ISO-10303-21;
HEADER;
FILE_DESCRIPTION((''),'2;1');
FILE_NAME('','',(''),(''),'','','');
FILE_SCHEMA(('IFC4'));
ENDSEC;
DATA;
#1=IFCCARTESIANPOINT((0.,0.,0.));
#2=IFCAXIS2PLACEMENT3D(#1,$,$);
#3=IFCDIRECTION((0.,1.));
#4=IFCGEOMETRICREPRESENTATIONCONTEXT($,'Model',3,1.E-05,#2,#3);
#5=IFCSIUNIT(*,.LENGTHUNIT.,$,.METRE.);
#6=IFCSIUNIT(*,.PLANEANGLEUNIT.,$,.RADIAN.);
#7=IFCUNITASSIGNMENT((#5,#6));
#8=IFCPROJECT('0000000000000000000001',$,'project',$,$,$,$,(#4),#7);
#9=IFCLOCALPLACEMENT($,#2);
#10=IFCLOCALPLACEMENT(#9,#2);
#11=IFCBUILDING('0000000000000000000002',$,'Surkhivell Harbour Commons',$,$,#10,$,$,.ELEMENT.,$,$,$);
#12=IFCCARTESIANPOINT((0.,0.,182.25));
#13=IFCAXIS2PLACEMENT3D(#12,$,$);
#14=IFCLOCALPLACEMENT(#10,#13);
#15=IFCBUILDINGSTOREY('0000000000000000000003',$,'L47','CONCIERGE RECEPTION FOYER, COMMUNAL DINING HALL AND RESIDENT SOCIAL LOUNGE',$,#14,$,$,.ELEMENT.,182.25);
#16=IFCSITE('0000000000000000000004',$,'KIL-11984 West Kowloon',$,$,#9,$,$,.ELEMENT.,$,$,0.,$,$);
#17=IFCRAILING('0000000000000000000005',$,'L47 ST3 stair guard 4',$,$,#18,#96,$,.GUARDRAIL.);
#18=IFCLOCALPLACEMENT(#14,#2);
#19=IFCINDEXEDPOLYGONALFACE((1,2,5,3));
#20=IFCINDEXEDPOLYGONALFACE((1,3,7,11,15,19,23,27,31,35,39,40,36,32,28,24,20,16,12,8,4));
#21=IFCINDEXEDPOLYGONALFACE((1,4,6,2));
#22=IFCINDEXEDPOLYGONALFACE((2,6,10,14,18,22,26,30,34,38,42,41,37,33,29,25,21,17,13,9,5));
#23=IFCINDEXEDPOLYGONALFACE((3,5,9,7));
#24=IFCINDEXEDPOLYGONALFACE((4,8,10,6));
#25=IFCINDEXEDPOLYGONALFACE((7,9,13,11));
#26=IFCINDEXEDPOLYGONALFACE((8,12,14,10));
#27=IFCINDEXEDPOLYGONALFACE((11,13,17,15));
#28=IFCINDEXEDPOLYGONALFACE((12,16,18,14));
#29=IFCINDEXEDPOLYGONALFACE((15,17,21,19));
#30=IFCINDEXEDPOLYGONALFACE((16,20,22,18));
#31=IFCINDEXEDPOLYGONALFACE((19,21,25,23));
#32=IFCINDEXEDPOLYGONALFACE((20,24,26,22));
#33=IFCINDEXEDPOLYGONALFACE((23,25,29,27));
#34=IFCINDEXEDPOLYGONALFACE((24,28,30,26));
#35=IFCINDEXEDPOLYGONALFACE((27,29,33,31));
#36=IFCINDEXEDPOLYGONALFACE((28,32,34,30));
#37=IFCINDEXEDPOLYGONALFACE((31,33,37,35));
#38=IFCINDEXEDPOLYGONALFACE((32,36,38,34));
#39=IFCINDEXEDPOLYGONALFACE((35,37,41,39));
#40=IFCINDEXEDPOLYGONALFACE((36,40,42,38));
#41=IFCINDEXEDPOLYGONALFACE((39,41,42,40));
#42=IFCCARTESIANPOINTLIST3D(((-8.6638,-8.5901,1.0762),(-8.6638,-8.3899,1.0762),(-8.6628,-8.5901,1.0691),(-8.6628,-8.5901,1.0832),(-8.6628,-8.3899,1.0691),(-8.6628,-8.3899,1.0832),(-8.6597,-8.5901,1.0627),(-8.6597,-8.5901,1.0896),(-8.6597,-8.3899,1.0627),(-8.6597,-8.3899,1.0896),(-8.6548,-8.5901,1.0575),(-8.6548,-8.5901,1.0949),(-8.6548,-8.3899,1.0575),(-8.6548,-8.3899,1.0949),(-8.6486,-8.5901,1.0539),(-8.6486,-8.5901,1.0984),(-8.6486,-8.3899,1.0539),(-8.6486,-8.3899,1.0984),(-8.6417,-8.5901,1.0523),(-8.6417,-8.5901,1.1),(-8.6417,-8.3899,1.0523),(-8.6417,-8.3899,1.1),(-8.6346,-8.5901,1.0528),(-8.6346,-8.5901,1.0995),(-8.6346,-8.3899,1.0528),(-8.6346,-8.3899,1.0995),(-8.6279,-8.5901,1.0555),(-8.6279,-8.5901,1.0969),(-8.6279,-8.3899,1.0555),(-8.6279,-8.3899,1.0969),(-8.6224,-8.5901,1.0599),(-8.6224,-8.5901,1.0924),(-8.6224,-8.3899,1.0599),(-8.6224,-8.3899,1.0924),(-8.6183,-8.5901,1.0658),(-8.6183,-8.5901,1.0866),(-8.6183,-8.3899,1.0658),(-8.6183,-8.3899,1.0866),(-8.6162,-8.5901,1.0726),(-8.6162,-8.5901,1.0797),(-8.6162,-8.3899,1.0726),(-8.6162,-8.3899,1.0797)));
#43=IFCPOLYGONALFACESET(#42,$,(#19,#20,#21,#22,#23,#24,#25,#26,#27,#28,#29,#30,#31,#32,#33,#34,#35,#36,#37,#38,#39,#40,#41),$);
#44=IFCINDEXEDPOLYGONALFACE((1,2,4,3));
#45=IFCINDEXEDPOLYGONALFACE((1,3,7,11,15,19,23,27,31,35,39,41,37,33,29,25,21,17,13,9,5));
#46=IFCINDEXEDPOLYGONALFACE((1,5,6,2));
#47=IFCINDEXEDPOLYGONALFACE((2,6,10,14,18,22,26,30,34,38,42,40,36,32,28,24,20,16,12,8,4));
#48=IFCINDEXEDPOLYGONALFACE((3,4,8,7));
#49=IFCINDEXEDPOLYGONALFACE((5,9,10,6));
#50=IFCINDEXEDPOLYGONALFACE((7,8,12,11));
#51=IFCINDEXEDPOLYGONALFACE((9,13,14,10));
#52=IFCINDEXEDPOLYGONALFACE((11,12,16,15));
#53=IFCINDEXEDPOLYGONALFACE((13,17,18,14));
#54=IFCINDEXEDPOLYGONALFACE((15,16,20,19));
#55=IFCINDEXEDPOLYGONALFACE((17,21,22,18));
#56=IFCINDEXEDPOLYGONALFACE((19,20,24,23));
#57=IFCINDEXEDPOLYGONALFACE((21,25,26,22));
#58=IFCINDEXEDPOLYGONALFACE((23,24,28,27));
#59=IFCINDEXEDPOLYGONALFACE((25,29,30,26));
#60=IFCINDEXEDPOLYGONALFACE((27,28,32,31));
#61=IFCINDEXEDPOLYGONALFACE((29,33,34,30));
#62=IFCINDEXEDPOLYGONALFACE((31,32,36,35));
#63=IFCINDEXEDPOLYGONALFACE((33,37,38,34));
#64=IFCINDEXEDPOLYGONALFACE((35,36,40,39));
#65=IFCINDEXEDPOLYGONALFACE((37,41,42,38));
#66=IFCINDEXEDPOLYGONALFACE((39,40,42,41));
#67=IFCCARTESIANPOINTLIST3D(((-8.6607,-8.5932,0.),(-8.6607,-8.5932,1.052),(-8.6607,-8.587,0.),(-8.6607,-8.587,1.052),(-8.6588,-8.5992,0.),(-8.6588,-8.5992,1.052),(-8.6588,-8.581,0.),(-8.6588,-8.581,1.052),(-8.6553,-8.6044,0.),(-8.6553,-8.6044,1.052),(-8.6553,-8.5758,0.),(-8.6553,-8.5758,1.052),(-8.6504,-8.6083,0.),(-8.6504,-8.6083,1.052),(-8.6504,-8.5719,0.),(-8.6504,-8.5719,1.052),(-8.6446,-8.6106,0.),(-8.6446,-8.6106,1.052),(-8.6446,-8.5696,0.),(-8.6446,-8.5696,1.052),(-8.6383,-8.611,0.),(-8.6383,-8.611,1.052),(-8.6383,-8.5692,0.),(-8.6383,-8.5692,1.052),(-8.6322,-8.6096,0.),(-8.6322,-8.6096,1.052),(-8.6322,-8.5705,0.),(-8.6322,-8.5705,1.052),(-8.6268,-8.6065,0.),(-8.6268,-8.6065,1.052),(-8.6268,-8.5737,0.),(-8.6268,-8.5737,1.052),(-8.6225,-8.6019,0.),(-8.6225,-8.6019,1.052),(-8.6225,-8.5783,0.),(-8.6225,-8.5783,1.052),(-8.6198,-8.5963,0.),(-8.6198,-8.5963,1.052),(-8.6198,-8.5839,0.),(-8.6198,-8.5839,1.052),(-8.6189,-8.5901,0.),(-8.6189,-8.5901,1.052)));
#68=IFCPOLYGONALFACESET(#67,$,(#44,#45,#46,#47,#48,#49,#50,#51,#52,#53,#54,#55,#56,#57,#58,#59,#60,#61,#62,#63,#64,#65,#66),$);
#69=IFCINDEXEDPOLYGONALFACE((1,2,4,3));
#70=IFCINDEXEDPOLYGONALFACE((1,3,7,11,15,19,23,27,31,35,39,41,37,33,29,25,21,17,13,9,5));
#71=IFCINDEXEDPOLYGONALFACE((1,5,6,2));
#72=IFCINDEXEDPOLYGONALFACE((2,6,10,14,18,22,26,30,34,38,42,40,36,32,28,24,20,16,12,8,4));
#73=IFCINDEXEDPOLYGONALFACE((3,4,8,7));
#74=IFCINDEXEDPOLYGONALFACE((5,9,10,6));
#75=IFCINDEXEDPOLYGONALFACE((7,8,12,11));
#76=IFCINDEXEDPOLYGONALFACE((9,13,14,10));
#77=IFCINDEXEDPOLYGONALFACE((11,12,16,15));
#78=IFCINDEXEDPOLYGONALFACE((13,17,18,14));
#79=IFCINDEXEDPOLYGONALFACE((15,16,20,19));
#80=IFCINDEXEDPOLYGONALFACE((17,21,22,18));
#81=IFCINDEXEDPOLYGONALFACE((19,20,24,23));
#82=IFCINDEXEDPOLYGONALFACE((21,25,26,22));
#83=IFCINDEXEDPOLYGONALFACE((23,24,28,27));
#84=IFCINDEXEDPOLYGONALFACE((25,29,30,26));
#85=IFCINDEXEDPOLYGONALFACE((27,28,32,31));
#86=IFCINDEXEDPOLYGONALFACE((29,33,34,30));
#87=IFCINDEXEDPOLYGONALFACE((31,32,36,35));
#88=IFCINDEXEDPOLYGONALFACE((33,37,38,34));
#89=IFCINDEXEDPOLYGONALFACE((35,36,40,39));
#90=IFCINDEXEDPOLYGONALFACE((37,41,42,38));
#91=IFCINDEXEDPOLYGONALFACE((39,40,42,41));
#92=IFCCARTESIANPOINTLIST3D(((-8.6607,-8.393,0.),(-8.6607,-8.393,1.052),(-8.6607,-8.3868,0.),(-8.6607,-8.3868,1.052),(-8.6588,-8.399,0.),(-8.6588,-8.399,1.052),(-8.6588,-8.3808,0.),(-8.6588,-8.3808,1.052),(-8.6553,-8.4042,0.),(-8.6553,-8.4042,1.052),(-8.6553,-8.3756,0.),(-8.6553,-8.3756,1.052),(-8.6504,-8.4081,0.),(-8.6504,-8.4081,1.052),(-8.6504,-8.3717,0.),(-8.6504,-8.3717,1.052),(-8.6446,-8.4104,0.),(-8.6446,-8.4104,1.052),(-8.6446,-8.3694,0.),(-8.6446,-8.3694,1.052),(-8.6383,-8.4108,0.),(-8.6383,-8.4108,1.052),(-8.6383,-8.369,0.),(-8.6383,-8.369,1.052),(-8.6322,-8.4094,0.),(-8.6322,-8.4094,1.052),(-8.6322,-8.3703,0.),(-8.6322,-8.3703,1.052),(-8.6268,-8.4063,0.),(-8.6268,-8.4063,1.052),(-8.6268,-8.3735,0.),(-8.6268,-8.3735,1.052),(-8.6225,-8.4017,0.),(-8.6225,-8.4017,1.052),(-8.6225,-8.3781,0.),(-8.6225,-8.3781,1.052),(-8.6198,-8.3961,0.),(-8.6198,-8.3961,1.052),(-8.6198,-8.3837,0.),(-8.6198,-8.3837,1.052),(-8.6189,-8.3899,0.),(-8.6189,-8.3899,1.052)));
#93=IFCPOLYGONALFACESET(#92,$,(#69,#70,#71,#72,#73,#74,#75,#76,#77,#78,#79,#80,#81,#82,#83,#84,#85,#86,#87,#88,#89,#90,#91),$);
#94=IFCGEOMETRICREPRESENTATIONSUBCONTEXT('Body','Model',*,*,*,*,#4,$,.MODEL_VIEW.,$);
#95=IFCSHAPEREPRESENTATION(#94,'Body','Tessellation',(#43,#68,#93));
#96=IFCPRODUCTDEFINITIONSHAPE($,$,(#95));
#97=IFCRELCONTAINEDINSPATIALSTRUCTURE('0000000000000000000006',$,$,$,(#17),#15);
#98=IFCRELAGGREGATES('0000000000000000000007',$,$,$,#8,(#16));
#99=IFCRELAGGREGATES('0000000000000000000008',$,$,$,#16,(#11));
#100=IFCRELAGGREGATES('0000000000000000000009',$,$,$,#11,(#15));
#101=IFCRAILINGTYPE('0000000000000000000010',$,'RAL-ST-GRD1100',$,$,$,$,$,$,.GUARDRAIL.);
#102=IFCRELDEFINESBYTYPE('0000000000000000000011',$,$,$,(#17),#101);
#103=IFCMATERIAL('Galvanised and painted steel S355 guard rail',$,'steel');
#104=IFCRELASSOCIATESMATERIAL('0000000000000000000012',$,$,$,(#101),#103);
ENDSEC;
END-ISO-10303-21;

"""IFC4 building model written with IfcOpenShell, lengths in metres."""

from ifc_helpers import new_model, si_unit, direction, frame, origin, origin_2d, place, context, subcontext, project, spatial, circle, extrude, material, type_object, element, save


model = new_model("IFC4")

# Units and contexts
model_context = context("Model", 3, precision=1e-05, world=origin(), true_north=direction((0.0, 1.0)))
body_context = subcontext(model_context, "Body", "Model", "MODEL_VIEW")
ifc_project = project(units=[si_unit("LENGTHUNIT", "METRE"), si_unit("PLANEANGLEUNIT", "RADIAN")], contexts=[model_context])

# Site, building, storey
site_placement = place(None, origin())
site = spatial("IfcSite", under=ifc_project, at=site_placement, Name="KIL-11984 West Kowloon", CompositionType="ELEMENT", RefElevation=0.0)
building_placement = place(site_placement, origin())
building = spatial("IfcBuilding", under=site, at=building_placement, Name="Surkhivell Harbour Commons", CompositionType="ELEMENT")
storey_placement = place(building_placement, frame((0.0, 0.0, 182.25)))
storey = spatial("IfcBuildingStorey", under=building, at=storey_placement, Name="L47", Description="CONCIERGE RECEPTION FOYER, COMMUNAL DINING HALL AND RESIDENT SOCIAL LOUNGE", CompositionType="ELEMENT", Elevation=182.25)

# Railing
ifc_material_1 = material(Name="Galvanised and painted steel S355 guard rail", Category="steel")
railing_type_1 = type_object("IfcRailingType", Name="RAL-ST-GRD1100", PredefinedType="GUARDRAIL", material=ifc_material_1)
railing_1_placement = place(storey_placement, frame((-8.6399, -8.5901, 0.0)))
element("IfcRailing", 1, at=railing_1_placement, inside=storey, type_object=railing_type_1, Name="L47 ST3 stair guard 4", PredefinedType="GUARDRAIL", context=body_context, shape_type="SweptSolid", body=[
    extrude(circle(Radius=0.0239, at=origin_2d()), frame((0.0, 0.0, 1.0762), z_axis=(0.0, 1.0, 0.0), x_axis=(-1.0, 0.0, 0.0)), (0.0, 0.0, 1.0), 0.2002),
    extrude(circle(Radius=0.021, at=origin_2d()), origin(), (0.0, 0.0, 1.0), 1.052),
    extrude(circle(Radius=0.021, at=origin_2d()), frame((0.0, 0.2002, 0.0)), (0.0, 0.0, 1.0), 1.052),
])

save(model, "model.ifc")
